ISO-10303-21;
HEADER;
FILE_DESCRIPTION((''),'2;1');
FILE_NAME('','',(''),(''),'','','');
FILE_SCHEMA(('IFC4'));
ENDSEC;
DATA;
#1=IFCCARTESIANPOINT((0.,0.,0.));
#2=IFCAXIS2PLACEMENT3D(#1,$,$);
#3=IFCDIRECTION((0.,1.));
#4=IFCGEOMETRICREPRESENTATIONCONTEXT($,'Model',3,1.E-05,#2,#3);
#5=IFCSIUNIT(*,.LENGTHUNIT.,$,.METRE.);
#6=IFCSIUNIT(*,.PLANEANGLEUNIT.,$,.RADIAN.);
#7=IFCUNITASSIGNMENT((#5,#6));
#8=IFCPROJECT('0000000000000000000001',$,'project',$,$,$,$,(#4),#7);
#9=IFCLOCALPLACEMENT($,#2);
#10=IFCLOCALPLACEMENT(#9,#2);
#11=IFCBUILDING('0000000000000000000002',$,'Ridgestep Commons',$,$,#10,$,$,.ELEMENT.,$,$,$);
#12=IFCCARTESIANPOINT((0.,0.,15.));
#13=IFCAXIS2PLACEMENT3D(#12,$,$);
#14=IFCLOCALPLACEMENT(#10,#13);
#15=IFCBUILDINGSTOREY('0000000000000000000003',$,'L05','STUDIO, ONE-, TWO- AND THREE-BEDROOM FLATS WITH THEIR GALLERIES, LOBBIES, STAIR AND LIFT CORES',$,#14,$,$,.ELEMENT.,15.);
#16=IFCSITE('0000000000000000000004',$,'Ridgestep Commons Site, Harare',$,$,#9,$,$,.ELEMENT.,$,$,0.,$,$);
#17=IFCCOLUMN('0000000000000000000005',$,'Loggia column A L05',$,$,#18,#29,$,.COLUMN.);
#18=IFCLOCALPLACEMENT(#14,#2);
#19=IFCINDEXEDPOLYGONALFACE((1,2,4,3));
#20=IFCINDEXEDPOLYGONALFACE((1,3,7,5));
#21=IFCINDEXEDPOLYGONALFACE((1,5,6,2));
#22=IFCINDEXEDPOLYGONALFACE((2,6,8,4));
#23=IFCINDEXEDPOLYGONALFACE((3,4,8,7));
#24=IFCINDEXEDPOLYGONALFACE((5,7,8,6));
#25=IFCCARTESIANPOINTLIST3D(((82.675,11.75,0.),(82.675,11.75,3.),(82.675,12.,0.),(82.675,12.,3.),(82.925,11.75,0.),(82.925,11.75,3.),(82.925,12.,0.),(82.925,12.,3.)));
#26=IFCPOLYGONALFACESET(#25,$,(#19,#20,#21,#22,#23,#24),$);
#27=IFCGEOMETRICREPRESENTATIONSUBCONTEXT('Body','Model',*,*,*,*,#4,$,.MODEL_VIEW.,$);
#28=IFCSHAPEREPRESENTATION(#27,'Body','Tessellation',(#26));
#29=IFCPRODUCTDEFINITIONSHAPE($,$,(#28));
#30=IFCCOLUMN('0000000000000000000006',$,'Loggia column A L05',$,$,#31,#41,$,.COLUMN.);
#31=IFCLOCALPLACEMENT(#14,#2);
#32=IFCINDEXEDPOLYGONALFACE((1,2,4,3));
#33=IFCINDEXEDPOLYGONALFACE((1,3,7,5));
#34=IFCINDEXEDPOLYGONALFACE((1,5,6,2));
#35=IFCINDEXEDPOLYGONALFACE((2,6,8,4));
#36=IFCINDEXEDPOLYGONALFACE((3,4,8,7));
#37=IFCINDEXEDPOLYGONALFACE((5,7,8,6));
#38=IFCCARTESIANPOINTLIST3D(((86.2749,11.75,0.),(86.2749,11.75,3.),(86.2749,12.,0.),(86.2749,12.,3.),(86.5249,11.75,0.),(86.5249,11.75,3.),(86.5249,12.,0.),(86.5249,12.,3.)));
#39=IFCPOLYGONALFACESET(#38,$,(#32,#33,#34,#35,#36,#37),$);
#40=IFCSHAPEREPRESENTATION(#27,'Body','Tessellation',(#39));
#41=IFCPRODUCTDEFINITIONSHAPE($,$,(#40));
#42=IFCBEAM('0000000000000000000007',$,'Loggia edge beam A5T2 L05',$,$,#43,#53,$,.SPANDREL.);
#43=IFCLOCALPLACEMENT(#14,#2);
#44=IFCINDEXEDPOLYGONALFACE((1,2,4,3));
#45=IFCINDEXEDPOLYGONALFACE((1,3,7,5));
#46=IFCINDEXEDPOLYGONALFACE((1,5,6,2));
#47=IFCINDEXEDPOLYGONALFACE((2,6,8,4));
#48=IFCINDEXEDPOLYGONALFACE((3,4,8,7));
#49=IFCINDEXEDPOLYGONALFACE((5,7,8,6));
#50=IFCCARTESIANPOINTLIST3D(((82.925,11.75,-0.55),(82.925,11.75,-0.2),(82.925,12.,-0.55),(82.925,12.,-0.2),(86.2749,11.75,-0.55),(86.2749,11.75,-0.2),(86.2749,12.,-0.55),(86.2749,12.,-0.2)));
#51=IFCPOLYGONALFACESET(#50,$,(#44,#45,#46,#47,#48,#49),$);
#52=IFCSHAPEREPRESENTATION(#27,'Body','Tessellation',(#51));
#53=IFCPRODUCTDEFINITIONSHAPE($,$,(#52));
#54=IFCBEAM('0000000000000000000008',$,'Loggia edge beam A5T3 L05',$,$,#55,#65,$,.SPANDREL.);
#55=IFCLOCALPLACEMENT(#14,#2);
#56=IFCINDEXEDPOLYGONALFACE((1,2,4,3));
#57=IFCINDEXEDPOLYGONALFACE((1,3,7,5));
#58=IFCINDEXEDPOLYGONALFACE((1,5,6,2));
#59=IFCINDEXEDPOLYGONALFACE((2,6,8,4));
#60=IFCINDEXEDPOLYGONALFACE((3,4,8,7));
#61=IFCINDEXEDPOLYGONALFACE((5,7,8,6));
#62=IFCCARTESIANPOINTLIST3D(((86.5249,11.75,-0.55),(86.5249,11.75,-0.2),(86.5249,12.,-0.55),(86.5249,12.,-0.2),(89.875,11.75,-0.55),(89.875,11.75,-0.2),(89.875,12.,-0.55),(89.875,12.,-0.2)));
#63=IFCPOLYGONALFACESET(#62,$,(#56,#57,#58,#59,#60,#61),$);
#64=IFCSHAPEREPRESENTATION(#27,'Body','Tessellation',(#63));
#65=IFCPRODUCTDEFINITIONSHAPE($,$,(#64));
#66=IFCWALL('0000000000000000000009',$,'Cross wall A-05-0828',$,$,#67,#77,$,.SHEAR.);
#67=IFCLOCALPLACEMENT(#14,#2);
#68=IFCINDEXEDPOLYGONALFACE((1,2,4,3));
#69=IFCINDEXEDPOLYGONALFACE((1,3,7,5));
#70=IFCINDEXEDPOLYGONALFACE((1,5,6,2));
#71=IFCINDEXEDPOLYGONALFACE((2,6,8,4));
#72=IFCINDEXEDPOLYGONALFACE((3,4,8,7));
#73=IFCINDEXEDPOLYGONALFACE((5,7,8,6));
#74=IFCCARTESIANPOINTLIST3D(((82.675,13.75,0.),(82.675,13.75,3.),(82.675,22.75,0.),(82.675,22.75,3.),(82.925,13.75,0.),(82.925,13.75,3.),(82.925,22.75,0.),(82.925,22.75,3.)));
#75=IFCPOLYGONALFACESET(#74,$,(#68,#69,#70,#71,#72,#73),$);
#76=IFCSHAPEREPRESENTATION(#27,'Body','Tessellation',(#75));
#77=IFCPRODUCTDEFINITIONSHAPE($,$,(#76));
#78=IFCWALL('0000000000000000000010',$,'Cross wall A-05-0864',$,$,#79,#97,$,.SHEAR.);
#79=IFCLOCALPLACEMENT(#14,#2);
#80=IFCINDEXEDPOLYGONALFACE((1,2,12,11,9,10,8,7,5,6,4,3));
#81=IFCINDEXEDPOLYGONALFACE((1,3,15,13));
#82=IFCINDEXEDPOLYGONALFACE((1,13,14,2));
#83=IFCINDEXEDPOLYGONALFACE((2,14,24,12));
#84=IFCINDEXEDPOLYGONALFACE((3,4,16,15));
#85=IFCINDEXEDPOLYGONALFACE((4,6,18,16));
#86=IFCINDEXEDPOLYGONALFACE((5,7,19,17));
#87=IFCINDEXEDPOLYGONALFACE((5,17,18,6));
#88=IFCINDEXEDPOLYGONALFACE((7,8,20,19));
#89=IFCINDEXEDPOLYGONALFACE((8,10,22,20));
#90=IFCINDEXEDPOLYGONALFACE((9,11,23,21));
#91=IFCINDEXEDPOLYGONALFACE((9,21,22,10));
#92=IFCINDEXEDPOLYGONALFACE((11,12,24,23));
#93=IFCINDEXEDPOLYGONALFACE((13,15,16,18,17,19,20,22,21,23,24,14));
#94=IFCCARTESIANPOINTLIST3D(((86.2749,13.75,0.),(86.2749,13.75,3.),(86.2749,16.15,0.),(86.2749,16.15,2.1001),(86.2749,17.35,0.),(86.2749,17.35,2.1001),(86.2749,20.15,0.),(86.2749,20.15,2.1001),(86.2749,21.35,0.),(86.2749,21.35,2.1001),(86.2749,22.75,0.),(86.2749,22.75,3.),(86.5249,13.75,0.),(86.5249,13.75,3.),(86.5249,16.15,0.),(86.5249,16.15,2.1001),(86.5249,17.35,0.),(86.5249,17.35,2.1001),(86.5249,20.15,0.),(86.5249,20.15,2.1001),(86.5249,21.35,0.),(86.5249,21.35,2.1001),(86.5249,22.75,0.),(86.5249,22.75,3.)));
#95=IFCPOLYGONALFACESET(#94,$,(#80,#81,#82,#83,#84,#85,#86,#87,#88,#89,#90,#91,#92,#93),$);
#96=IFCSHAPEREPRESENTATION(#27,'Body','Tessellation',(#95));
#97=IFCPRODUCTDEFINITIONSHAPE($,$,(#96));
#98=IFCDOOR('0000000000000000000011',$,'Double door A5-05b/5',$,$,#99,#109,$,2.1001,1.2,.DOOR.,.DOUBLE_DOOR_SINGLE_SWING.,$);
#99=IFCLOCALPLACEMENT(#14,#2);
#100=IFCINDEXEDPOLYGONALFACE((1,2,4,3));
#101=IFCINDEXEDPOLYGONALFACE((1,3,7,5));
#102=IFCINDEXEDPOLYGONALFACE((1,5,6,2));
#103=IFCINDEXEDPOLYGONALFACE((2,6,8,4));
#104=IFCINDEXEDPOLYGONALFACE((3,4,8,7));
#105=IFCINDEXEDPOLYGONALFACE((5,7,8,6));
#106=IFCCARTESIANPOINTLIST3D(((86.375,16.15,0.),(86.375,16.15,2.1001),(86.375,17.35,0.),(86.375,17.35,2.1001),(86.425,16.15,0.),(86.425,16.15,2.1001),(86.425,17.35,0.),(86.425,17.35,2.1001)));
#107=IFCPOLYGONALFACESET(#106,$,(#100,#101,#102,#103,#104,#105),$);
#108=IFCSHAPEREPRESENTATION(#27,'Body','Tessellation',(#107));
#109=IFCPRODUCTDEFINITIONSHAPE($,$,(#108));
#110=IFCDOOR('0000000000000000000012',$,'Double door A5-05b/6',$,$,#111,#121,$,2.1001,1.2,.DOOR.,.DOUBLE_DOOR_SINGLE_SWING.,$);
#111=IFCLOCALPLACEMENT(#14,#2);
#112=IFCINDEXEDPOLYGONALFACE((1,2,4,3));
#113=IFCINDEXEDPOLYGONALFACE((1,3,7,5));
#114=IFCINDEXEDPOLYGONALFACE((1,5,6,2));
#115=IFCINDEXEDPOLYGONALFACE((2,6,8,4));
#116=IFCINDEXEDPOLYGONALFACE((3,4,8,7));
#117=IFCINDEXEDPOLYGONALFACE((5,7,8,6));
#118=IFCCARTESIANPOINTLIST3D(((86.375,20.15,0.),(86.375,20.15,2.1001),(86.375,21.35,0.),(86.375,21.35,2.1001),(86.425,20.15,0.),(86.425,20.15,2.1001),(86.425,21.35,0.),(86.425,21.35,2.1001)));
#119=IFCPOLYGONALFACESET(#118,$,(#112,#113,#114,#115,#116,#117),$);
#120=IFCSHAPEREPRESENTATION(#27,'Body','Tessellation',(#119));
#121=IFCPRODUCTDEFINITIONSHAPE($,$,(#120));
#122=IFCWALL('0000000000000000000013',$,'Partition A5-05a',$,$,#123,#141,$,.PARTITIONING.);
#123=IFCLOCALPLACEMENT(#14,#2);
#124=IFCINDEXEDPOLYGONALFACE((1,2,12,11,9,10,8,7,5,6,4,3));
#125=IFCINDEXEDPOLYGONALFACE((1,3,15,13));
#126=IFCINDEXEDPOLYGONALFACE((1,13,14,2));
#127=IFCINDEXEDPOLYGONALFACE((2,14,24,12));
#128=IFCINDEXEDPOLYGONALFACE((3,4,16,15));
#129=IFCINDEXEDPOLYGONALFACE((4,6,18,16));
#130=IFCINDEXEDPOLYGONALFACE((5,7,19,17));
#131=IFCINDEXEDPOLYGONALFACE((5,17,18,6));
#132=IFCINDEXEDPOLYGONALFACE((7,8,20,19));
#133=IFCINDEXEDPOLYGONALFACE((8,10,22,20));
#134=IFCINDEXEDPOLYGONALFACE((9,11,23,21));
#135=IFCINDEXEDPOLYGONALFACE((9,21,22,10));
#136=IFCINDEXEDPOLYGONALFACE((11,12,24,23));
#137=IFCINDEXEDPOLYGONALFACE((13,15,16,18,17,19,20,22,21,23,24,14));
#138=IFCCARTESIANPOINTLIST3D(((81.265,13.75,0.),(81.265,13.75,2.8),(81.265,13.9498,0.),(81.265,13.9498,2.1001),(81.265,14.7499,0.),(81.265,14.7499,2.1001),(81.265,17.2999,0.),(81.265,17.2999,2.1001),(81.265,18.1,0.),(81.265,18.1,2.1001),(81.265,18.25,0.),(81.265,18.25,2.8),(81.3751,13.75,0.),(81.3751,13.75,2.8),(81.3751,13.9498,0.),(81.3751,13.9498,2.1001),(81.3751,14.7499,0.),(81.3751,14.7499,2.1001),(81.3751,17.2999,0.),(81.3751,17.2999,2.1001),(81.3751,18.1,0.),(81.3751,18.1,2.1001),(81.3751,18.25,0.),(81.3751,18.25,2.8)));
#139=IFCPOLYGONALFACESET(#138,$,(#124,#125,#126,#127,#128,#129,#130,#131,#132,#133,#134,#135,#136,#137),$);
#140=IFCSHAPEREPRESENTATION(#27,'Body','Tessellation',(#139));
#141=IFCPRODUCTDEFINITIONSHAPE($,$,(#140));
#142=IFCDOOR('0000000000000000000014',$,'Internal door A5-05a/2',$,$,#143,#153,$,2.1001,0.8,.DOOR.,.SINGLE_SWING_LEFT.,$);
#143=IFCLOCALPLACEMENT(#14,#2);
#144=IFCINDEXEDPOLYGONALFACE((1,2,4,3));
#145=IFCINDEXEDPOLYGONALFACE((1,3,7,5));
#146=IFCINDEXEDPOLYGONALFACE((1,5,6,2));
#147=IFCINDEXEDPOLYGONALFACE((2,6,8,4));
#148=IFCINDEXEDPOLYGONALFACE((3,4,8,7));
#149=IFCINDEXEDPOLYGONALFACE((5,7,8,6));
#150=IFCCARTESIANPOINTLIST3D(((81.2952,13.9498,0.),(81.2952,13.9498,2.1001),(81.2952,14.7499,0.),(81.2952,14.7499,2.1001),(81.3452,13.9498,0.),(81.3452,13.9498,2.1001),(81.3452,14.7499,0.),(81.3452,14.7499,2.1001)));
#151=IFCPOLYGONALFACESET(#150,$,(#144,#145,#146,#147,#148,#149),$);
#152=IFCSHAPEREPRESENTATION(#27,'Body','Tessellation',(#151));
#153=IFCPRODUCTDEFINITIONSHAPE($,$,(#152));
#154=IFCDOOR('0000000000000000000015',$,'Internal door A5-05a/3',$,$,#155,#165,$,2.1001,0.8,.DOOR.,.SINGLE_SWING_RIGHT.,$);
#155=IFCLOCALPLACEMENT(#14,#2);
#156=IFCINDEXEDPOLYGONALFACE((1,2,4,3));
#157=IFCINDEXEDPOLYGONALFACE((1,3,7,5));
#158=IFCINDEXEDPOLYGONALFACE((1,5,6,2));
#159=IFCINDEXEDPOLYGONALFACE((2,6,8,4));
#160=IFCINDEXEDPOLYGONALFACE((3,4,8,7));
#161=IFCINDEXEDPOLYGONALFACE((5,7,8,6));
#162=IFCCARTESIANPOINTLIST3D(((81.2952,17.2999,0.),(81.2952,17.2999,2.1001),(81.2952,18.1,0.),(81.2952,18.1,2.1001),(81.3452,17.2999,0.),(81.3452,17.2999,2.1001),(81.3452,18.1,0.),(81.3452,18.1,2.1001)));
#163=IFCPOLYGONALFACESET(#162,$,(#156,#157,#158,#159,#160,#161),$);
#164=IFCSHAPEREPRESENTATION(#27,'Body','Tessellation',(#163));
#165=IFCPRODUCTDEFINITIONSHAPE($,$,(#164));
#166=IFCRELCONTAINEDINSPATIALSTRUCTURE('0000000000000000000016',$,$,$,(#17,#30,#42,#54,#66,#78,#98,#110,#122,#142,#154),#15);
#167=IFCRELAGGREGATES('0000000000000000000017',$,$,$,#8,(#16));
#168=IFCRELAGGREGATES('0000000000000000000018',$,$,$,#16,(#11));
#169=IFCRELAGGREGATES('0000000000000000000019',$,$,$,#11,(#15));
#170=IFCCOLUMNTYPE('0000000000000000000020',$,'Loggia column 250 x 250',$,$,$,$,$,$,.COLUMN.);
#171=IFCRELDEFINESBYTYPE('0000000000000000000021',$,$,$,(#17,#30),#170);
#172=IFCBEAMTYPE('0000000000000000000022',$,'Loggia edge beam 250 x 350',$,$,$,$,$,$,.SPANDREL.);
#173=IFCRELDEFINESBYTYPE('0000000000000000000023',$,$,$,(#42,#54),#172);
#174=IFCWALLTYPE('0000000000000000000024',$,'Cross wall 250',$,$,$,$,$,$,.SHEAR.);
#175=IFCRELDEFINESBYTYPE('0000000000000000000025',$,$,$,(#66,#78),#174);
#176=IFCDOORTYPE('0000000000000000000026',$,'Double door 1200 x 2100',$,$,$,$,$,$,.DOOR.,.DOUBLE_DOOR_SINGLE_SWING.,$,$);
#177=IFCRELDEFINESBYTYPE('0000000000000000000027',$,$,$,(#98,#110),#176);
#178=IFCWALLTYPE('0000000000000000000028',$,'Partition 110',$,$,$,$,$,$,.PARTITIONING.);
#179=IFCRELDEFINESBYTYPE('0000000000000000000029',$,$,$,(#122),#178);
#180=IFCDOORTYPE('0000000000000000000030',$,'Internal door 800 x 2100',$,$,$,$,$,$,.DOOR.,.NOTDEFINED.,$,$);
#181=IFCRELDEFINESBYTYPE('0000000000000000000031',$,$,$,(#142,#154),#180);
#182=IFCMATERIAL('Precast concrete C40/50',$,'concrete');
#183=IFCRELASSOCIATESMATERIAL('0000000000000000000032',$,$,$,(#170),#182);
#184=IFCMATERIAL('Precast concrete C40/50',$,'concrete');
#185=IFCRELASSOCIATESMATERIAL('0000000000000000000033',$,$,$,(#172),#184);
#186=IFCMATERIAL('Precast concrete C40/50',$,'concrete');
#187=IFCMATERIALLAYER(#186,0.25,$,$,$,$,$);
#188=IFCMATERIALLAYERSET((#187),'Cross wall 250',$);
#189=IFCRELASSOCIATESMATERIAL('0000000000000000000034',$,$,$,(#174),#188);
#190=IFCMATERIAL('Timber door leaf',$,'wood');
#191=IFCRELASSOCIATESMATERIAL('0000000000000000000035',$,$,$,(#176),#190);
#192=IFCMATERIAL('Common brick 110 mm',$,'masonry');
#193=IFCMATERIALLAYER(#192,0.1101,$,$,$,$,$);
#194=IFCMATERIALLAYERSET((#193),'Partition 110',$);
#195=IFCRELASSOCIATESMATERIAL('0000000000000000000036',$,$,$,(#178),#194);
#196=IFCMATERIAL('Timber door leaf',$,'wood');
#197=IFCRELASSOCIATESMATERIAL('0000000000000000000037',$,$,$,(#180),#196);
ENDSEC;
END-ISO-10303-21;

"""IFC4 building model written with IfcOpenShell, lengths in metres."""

from ifc_helpers import new_model, si_unit, direction, frame, frame_2d, origin, origin_2d, place, context, subcontext, project, spatial, rectangle, extrude, material, layer, layer_set, material_profile, profile_set, type_object, element, fill, save


model = new_model("IFC4")

# Units and contexts
model_context = context("Model", 3, precision=1e-05, world=origin(), true_north=direction((0.0, 1.0)))
body_context = subcontext(model_context, "Body", "Model", "MODEL_VIEW")
ifc_project = project(units=[si_unit("LENGTHUNIT", "METRE"), si_unit("PLANEANGLEUNIT", "RADIAN")], contexts=[model_context])

# Site, building, storey
site_placement = place(None, origin())
site = spatial("IfcSite", under=ifc_project, at=site_placement, Name="Ridgestep Commons Site, Harare", CompositionType="ELEMENT", RefElevation=0.0)
building_placement = place(site_placement, origin())
building = spatial("IfcBuilding", under=site, at=building_placement, Name="Ridgestep Commons", CompositionType="ELEMENT")
storey_placement = place(building_placement, frame((0.0, 0.0, 15.0)))
storey = spatial("IfcBuildingStorey", under=building, at=storey_placement, Name="L05", Description="STUDIO, ONE-, TWO- AND THREE-BEDROOM FLATS WITH THEIR GALLERIES, LOBBIES, STAIR AND LIFT CORES", CompositionType="ELEMENT", Elevation=15.0)

# Columns
ifc_material_1 = material(Name="Precast concrete C40/50", Category="concrete")
ifc_material_profile_1 = material_profile(ifc_material_1, rectangle(XDim=0.25, YDim=0.25, at=origin_2d()), Name="PC 250x250")
ifc_profile_set_1 = profile_set([ifc_material_profile_1], Name="Precast concrete C40/50")
column_type = type_object("IfcColumnType", Name="Loggia column 250 x 250", PredefinedType="COLUMN", material=ifc_profile_set_1)
for number, where, z_axis, x_axis, name in (
    (1, (82.8, 11.875, 0.0), (0.0, 0.0, 1.0), (1.0, 0.0, 0.0), "Loggia column A L05"),
    (2, (86.3999, 11.875, 0.0), (0.0, 0.0, 1.0), (1.0, 0.0, 0.0), "Loggia column A L05"),
):
    element("IfcColumn", number, at=place(storey_placement, frame(where, z_axis=z_axis, x_axis=x_axis)), inside=storey, type_object=column_type, Name=name, PredefinedType="COLUMN", context=body_context, shape_type="SweptSolid", body=[
        extrude(rectangle(XDim=0.25, YDim=0.25, at=origin_2d()), origin(), (0.0, 0.0, 1.0), 3.0),
    ])

# Beams
ifc_material_2 = material(Name="Precast concrete C40/50", Category="concrete")
ifc_material_profile_2 = material_profile(ifc_material_2, rectangle(XDim=0.25, YDim=0.3501, at=origin_2d()), Name="PC 250x350")
ifc_profile_set_2 = profile_set([ifc_material_profile_2], Name="Precast concrete C40/50")
beam_type = type_object("IfcBeamType", Name="Loggia edge beam 250 x 350", PredefinedType="SPANDREL", material=ifc_profile_set_2)
beam_1_placement = place(storey_placement, frame((82.925, 11.875, -0.375), z_axis=(1.0, 0.0, 0.0), x_axis=(0.0, 1.0, 0.0)))
element("IfcBeam", 3, at=beam_1_placement, inside=storey, type_object=beam_type, Name="Loggia edge beam A5T2 L05", PredefinedType="SPANDREL", context=body_context, shape_type="SweptSolid", body=[
    extrude(rectangle(XDim=0.25, YDim=0.3501, at=origin_2d()), origin(), (0.0, 0.0, 1.0), 3.3499),
])
beam_2_placement = place(storey_placement, frame((86.5249, 11.875, -0.375), z_axis=(1.0, 0.0, 0.0), x_axis=(0.0, 1.0, 0.0)))
element("IfcBeam", 4, at=beam_2_placement, inside=storey, type_object=beam_type, Name="Loggia edge beam A5T3 L05", PredefinedType="SPANDREL", context=body_context, shape_type="SweptSolid", body=[
    extrude(rectangle(XDim=0.25, YDim=0.3501, at=origin_2d()), origin(), (0.0, 0.0, 1.0), 3.3501),
])

# Wall
ifc_material_3 = material(Name="Precast concrete C40/50", Category="concrete")
ifc_layer_1 = layer(ifc_material_3, 0.25)
ifc_layer_set_1 = layer_set([ifc_layer_1], Name="Cross wall 250")
wall_type_1 = type_object("IfcWallType", Name="Cross wall 250", PredefinedType="SHEAR", material=ifc_layer_set_1)
wall_1_placement = place(storey_placement, frame((82.8, 13.75, 0.0), z_axis=(0.0, 0.0, 1.0), x_axis=(0.0, 1.0, 0.0)))
element("IfcWall", 5, at=wall_1_placement, inside=storey, type_object=wall_type_1, Name="Cross wall A-05-0828", PredefinedType="SHEAR", context=body_context, shape_type="SweptSolid", body=[
    extrude(rectangle(XDim=9.0, YDim=0.25, at=frame_2d((4.5, 0.0))), origin(), (0.0, 0.0, 1.0), 3.0),
])

# Walls, openings, doors
wall_2_placement = place(storey_placement, frame((86.3999, 13.75, 0.0), z_axis=(0.0, 0.0, 1.0), x_axis=(0.0, 1.0, 0.0)))
wall_2 = element("IfcWall", 6, at=wall_2_placement, inside=storey, type_object=wall_type_1, Name="Cross wall A-05-0864", PredefinedType="SHEAR", context=body_context, shape_type="SweptSolid", body=[
    extrude(rectangle(XDim=9.0, YDim=0.25, at=frame_2d((4.5, 0.0))), origin(), (0.0, 0.0, 1.0), 3.0),
])
opening_1_placement = place(wall_2_placement, frame((2.3999, 0.0, 0.0)))
opening_1 = element("IfcOpeningElement", 7, at=opening_1_placement, cuts=wall_2, PredefinedType="OPENING", context=body_context, shape_type="SweptSolid", body=[
    extrude(rectangle(XDim=1.2, YDim=2.1001, at=frame_2d((0.6001, 1.05))), frame((0.0, 0.135, 0.0), z_axis=(0.0, -1.0, 0.0), x_axis=(1.0, 0.0, 0.0)), (0.0, 0.0, 1.0), 0.27),
])
opening_2_placement = place(wall_2_placement, frame((6.3999, 0.0, 0.0)))
opening_2 = element("IfcOpeningElement", 8, at=opening_2_placement, cuts=wall_2, PredefinedType="OPENING", context=body_context, shape_type="SweptSolid", body=[
    extrude(rectangle(XDim=1.2, YDim=2.1001, at=frame_2d((0.6001, 1.05))), frame((0.0, 0.135, 0.0), z_axis=(0.0, -1.0, 0.0), x_axis=(1.0, 0.0, 0.0)), (0.0, 0.0, 1.0), 0.27),
])
ifc_material_4 = material(Name="Timber door leaf", Category="wood")
door_type_1 = type_object("IfcDoorType", Name="Double door 1200 x 2100", OperationType="DOUBLE_DOOR_SINGLE_SWING", PredefinedType="DOOR", material=ifc_material_4)
door_1_placement = place(opening_1_placement, origin())
door_1 = element("IfcDoor", 9, at=door_1_placement, inside=storey, type_object=door_type_1, Name="Double door A5-05b/5", OperationType="DOUBLE_DOOR_SINGLE_SWING", OverallHeight=2.1001, OverallWidth=1.2, PredefinedType="DOOR", context=body_context, shape_type="SweptSolid", body=[
    extrude(rectangle(XDim=1.2, YDim=2.1001, at=frame_2d((0.6001, 1.05))), frame((0.0, 0.0249, 0.0), z_axis=(0.0, -1.0, 0.0), x_axis=(1.0, 0.0, 0.0)), (0.0, 0.0, 1.0), 0.05),
])
fill(opening_1, door_1)
door_2_placement = place(opening_2_placement, origin())
door_2 = element("IfcDoor", 10, at=door_2_placement, inside=storey, type_object=door_type_1, Name="Double door A5-05b/6", OperationType="DOUBLE_DOOR_SINGLE_SWING", OverallHeight=2.1001, OverallWidth=1.2, PredefinedType="DOOR", context=body_context, shape_type="SweptSolid", body=[
    extrude(rectangle(XDim=1.2, YDim=2.1001, at=frame_2d((0.6001, 1.05))), frame((0.0, 0.0249, 0.0), z_axis=(0.0, -1.0, 0.0), x_axis=(1.0, 0.0, 0.0)), (0.0, 0.0, 1.0), 0.05),
])
fill(opening_2, door_2)
ifc_material_5 = material(Name="Common brick 110 mm", Category="masonry")
ifc_layer_2 = layer(ifc_material_5, 0.1101)
ifc_layer_set_2 = layer_set([ifc_layer_2], Name="Partition 110")
wall_type_2 = type_object("IfcWallType", Name="Partition 110", PredefinedType="PARTITIONING", material=ifc_layer_set_2)
wall_3_placement = place(storey_placement, frame((81.3201, 13.75, 0.0), z_axis=(0.0, 0.0, 1.0), x_axis=(0.0, 1.0, 0.0)))
wall_3 = element("IfcWall", 11, at=wall_3_placement, inside=storey, type_object=wall_type_2, Name="Partition A5-05a", PredefinedType="PARTITIONING", context=body_context, shape_type="SweptSolid", body=[
    extrude(rectangle(XDim=4.5, YDim=0.1101, at=frame_2d((2.25, 0.0))), origin(), (0.0, 0.0, 1.0), 2.8),
])
opening_3_placement = place(wall_3_placement, frame((0.2, 0.0, 0.0)))
opening_3 = element("IfcOpeningElement", 12, at=opening_3_placement, cuts=wall_3, PredefinedType="OPENING", context=body_context, shape_type="SweptSolid", body=[
    extrude(rectangle(XDim=0.8, YDim=2.1001, at=frame_2d((0.3999, 1.05))), frame((0.0, 0.0649, 0.0), z_axis=(0.0, -1.0, 0.0), x_axis=(1.0, 0.0, 0.0)), (0.0, 0.0, 1.0), 0.1301),
])
opening_4_placement = place(wall_3_placement, frame((3.55, 0.0, 0.0)))
opening_4 = element("IfcOpeningElement", 13, at=opening_4_placement, cuts=wall_3, PredefinedType="OPENING", context=body_context, shape_type="SweptSolid", body=[
    extrude(rectangle(XDim=0.8, YDim=2.1001, at=frame_2d((0.3999, 1.05))), frame((0.0, 0.0649, 0.0), z_axis=(0.0, -1.0, 0.0), x_axis=(1.0, 0.0, 0.0)), (0.0, 0.0, 1.0), 0.1301),
])
ifc_material_6 = material(Name="Timber door leaf", Category="wood")
door_type_2 = type_object("IfcDoorType", Name="Internal door 800 x 2100", OperationType="NOTDEFINED", PredefinedType="DOOR", material=ifc_material_6)
door_3_placement = place(opening_3_placement, origin())
door_3 = element("IfcDoor", 14, at=door_3_placement, inside=storey, type_object=door_type_2, Name="Internal door A5-05a/2", OperationType="SINGLE_SWING_LEFT", OverallHeight=2.1001, OverallWidth=0.8, PredefinedType="DOOR", context=body_context, shape_type="SweptSolid", body=[
    extrude(rectangle(XDim=0.8, YDim=2.1001, at=frame_2d((0.3999, 1.05))), frame((0.0, 0.0249, 0.0), z_axis=(0.0, -1.0, 0.0), x_axis=(1.0, 0.0, 0.0)), (0.0, 0.0, 1.0), 0.05),
])
fill(opening_3, door_3)
door_4_placement = place(opening_4_placement, origin())
door_4 = element("IfcDoor", 15, at=door_4_placement, inside=storey, type_object=door_type_2, Name="Internal door A5-05a/3", OperationType="SINGLE_SWING_RIGHT", OverallHeight=2.1001, OverallWidth=0.8, PredefinedType="DOOR", context=body_context, shape_type="SweptSolid", body=[
    extrude(rectangle(XDim=0.8, YDim=2.1001, at=frame_2d((0.3999, 1.05))), frame((0.0, 0.0249, 0.0), z_axis=(0.0, -1.0, 0.0), x_axis=(1.0, 0.0, 0.0)), (0.0, 0.0, 1.0), 0.05),
])
fill(opening_4, door_4)

save(model, "model.ifc")
